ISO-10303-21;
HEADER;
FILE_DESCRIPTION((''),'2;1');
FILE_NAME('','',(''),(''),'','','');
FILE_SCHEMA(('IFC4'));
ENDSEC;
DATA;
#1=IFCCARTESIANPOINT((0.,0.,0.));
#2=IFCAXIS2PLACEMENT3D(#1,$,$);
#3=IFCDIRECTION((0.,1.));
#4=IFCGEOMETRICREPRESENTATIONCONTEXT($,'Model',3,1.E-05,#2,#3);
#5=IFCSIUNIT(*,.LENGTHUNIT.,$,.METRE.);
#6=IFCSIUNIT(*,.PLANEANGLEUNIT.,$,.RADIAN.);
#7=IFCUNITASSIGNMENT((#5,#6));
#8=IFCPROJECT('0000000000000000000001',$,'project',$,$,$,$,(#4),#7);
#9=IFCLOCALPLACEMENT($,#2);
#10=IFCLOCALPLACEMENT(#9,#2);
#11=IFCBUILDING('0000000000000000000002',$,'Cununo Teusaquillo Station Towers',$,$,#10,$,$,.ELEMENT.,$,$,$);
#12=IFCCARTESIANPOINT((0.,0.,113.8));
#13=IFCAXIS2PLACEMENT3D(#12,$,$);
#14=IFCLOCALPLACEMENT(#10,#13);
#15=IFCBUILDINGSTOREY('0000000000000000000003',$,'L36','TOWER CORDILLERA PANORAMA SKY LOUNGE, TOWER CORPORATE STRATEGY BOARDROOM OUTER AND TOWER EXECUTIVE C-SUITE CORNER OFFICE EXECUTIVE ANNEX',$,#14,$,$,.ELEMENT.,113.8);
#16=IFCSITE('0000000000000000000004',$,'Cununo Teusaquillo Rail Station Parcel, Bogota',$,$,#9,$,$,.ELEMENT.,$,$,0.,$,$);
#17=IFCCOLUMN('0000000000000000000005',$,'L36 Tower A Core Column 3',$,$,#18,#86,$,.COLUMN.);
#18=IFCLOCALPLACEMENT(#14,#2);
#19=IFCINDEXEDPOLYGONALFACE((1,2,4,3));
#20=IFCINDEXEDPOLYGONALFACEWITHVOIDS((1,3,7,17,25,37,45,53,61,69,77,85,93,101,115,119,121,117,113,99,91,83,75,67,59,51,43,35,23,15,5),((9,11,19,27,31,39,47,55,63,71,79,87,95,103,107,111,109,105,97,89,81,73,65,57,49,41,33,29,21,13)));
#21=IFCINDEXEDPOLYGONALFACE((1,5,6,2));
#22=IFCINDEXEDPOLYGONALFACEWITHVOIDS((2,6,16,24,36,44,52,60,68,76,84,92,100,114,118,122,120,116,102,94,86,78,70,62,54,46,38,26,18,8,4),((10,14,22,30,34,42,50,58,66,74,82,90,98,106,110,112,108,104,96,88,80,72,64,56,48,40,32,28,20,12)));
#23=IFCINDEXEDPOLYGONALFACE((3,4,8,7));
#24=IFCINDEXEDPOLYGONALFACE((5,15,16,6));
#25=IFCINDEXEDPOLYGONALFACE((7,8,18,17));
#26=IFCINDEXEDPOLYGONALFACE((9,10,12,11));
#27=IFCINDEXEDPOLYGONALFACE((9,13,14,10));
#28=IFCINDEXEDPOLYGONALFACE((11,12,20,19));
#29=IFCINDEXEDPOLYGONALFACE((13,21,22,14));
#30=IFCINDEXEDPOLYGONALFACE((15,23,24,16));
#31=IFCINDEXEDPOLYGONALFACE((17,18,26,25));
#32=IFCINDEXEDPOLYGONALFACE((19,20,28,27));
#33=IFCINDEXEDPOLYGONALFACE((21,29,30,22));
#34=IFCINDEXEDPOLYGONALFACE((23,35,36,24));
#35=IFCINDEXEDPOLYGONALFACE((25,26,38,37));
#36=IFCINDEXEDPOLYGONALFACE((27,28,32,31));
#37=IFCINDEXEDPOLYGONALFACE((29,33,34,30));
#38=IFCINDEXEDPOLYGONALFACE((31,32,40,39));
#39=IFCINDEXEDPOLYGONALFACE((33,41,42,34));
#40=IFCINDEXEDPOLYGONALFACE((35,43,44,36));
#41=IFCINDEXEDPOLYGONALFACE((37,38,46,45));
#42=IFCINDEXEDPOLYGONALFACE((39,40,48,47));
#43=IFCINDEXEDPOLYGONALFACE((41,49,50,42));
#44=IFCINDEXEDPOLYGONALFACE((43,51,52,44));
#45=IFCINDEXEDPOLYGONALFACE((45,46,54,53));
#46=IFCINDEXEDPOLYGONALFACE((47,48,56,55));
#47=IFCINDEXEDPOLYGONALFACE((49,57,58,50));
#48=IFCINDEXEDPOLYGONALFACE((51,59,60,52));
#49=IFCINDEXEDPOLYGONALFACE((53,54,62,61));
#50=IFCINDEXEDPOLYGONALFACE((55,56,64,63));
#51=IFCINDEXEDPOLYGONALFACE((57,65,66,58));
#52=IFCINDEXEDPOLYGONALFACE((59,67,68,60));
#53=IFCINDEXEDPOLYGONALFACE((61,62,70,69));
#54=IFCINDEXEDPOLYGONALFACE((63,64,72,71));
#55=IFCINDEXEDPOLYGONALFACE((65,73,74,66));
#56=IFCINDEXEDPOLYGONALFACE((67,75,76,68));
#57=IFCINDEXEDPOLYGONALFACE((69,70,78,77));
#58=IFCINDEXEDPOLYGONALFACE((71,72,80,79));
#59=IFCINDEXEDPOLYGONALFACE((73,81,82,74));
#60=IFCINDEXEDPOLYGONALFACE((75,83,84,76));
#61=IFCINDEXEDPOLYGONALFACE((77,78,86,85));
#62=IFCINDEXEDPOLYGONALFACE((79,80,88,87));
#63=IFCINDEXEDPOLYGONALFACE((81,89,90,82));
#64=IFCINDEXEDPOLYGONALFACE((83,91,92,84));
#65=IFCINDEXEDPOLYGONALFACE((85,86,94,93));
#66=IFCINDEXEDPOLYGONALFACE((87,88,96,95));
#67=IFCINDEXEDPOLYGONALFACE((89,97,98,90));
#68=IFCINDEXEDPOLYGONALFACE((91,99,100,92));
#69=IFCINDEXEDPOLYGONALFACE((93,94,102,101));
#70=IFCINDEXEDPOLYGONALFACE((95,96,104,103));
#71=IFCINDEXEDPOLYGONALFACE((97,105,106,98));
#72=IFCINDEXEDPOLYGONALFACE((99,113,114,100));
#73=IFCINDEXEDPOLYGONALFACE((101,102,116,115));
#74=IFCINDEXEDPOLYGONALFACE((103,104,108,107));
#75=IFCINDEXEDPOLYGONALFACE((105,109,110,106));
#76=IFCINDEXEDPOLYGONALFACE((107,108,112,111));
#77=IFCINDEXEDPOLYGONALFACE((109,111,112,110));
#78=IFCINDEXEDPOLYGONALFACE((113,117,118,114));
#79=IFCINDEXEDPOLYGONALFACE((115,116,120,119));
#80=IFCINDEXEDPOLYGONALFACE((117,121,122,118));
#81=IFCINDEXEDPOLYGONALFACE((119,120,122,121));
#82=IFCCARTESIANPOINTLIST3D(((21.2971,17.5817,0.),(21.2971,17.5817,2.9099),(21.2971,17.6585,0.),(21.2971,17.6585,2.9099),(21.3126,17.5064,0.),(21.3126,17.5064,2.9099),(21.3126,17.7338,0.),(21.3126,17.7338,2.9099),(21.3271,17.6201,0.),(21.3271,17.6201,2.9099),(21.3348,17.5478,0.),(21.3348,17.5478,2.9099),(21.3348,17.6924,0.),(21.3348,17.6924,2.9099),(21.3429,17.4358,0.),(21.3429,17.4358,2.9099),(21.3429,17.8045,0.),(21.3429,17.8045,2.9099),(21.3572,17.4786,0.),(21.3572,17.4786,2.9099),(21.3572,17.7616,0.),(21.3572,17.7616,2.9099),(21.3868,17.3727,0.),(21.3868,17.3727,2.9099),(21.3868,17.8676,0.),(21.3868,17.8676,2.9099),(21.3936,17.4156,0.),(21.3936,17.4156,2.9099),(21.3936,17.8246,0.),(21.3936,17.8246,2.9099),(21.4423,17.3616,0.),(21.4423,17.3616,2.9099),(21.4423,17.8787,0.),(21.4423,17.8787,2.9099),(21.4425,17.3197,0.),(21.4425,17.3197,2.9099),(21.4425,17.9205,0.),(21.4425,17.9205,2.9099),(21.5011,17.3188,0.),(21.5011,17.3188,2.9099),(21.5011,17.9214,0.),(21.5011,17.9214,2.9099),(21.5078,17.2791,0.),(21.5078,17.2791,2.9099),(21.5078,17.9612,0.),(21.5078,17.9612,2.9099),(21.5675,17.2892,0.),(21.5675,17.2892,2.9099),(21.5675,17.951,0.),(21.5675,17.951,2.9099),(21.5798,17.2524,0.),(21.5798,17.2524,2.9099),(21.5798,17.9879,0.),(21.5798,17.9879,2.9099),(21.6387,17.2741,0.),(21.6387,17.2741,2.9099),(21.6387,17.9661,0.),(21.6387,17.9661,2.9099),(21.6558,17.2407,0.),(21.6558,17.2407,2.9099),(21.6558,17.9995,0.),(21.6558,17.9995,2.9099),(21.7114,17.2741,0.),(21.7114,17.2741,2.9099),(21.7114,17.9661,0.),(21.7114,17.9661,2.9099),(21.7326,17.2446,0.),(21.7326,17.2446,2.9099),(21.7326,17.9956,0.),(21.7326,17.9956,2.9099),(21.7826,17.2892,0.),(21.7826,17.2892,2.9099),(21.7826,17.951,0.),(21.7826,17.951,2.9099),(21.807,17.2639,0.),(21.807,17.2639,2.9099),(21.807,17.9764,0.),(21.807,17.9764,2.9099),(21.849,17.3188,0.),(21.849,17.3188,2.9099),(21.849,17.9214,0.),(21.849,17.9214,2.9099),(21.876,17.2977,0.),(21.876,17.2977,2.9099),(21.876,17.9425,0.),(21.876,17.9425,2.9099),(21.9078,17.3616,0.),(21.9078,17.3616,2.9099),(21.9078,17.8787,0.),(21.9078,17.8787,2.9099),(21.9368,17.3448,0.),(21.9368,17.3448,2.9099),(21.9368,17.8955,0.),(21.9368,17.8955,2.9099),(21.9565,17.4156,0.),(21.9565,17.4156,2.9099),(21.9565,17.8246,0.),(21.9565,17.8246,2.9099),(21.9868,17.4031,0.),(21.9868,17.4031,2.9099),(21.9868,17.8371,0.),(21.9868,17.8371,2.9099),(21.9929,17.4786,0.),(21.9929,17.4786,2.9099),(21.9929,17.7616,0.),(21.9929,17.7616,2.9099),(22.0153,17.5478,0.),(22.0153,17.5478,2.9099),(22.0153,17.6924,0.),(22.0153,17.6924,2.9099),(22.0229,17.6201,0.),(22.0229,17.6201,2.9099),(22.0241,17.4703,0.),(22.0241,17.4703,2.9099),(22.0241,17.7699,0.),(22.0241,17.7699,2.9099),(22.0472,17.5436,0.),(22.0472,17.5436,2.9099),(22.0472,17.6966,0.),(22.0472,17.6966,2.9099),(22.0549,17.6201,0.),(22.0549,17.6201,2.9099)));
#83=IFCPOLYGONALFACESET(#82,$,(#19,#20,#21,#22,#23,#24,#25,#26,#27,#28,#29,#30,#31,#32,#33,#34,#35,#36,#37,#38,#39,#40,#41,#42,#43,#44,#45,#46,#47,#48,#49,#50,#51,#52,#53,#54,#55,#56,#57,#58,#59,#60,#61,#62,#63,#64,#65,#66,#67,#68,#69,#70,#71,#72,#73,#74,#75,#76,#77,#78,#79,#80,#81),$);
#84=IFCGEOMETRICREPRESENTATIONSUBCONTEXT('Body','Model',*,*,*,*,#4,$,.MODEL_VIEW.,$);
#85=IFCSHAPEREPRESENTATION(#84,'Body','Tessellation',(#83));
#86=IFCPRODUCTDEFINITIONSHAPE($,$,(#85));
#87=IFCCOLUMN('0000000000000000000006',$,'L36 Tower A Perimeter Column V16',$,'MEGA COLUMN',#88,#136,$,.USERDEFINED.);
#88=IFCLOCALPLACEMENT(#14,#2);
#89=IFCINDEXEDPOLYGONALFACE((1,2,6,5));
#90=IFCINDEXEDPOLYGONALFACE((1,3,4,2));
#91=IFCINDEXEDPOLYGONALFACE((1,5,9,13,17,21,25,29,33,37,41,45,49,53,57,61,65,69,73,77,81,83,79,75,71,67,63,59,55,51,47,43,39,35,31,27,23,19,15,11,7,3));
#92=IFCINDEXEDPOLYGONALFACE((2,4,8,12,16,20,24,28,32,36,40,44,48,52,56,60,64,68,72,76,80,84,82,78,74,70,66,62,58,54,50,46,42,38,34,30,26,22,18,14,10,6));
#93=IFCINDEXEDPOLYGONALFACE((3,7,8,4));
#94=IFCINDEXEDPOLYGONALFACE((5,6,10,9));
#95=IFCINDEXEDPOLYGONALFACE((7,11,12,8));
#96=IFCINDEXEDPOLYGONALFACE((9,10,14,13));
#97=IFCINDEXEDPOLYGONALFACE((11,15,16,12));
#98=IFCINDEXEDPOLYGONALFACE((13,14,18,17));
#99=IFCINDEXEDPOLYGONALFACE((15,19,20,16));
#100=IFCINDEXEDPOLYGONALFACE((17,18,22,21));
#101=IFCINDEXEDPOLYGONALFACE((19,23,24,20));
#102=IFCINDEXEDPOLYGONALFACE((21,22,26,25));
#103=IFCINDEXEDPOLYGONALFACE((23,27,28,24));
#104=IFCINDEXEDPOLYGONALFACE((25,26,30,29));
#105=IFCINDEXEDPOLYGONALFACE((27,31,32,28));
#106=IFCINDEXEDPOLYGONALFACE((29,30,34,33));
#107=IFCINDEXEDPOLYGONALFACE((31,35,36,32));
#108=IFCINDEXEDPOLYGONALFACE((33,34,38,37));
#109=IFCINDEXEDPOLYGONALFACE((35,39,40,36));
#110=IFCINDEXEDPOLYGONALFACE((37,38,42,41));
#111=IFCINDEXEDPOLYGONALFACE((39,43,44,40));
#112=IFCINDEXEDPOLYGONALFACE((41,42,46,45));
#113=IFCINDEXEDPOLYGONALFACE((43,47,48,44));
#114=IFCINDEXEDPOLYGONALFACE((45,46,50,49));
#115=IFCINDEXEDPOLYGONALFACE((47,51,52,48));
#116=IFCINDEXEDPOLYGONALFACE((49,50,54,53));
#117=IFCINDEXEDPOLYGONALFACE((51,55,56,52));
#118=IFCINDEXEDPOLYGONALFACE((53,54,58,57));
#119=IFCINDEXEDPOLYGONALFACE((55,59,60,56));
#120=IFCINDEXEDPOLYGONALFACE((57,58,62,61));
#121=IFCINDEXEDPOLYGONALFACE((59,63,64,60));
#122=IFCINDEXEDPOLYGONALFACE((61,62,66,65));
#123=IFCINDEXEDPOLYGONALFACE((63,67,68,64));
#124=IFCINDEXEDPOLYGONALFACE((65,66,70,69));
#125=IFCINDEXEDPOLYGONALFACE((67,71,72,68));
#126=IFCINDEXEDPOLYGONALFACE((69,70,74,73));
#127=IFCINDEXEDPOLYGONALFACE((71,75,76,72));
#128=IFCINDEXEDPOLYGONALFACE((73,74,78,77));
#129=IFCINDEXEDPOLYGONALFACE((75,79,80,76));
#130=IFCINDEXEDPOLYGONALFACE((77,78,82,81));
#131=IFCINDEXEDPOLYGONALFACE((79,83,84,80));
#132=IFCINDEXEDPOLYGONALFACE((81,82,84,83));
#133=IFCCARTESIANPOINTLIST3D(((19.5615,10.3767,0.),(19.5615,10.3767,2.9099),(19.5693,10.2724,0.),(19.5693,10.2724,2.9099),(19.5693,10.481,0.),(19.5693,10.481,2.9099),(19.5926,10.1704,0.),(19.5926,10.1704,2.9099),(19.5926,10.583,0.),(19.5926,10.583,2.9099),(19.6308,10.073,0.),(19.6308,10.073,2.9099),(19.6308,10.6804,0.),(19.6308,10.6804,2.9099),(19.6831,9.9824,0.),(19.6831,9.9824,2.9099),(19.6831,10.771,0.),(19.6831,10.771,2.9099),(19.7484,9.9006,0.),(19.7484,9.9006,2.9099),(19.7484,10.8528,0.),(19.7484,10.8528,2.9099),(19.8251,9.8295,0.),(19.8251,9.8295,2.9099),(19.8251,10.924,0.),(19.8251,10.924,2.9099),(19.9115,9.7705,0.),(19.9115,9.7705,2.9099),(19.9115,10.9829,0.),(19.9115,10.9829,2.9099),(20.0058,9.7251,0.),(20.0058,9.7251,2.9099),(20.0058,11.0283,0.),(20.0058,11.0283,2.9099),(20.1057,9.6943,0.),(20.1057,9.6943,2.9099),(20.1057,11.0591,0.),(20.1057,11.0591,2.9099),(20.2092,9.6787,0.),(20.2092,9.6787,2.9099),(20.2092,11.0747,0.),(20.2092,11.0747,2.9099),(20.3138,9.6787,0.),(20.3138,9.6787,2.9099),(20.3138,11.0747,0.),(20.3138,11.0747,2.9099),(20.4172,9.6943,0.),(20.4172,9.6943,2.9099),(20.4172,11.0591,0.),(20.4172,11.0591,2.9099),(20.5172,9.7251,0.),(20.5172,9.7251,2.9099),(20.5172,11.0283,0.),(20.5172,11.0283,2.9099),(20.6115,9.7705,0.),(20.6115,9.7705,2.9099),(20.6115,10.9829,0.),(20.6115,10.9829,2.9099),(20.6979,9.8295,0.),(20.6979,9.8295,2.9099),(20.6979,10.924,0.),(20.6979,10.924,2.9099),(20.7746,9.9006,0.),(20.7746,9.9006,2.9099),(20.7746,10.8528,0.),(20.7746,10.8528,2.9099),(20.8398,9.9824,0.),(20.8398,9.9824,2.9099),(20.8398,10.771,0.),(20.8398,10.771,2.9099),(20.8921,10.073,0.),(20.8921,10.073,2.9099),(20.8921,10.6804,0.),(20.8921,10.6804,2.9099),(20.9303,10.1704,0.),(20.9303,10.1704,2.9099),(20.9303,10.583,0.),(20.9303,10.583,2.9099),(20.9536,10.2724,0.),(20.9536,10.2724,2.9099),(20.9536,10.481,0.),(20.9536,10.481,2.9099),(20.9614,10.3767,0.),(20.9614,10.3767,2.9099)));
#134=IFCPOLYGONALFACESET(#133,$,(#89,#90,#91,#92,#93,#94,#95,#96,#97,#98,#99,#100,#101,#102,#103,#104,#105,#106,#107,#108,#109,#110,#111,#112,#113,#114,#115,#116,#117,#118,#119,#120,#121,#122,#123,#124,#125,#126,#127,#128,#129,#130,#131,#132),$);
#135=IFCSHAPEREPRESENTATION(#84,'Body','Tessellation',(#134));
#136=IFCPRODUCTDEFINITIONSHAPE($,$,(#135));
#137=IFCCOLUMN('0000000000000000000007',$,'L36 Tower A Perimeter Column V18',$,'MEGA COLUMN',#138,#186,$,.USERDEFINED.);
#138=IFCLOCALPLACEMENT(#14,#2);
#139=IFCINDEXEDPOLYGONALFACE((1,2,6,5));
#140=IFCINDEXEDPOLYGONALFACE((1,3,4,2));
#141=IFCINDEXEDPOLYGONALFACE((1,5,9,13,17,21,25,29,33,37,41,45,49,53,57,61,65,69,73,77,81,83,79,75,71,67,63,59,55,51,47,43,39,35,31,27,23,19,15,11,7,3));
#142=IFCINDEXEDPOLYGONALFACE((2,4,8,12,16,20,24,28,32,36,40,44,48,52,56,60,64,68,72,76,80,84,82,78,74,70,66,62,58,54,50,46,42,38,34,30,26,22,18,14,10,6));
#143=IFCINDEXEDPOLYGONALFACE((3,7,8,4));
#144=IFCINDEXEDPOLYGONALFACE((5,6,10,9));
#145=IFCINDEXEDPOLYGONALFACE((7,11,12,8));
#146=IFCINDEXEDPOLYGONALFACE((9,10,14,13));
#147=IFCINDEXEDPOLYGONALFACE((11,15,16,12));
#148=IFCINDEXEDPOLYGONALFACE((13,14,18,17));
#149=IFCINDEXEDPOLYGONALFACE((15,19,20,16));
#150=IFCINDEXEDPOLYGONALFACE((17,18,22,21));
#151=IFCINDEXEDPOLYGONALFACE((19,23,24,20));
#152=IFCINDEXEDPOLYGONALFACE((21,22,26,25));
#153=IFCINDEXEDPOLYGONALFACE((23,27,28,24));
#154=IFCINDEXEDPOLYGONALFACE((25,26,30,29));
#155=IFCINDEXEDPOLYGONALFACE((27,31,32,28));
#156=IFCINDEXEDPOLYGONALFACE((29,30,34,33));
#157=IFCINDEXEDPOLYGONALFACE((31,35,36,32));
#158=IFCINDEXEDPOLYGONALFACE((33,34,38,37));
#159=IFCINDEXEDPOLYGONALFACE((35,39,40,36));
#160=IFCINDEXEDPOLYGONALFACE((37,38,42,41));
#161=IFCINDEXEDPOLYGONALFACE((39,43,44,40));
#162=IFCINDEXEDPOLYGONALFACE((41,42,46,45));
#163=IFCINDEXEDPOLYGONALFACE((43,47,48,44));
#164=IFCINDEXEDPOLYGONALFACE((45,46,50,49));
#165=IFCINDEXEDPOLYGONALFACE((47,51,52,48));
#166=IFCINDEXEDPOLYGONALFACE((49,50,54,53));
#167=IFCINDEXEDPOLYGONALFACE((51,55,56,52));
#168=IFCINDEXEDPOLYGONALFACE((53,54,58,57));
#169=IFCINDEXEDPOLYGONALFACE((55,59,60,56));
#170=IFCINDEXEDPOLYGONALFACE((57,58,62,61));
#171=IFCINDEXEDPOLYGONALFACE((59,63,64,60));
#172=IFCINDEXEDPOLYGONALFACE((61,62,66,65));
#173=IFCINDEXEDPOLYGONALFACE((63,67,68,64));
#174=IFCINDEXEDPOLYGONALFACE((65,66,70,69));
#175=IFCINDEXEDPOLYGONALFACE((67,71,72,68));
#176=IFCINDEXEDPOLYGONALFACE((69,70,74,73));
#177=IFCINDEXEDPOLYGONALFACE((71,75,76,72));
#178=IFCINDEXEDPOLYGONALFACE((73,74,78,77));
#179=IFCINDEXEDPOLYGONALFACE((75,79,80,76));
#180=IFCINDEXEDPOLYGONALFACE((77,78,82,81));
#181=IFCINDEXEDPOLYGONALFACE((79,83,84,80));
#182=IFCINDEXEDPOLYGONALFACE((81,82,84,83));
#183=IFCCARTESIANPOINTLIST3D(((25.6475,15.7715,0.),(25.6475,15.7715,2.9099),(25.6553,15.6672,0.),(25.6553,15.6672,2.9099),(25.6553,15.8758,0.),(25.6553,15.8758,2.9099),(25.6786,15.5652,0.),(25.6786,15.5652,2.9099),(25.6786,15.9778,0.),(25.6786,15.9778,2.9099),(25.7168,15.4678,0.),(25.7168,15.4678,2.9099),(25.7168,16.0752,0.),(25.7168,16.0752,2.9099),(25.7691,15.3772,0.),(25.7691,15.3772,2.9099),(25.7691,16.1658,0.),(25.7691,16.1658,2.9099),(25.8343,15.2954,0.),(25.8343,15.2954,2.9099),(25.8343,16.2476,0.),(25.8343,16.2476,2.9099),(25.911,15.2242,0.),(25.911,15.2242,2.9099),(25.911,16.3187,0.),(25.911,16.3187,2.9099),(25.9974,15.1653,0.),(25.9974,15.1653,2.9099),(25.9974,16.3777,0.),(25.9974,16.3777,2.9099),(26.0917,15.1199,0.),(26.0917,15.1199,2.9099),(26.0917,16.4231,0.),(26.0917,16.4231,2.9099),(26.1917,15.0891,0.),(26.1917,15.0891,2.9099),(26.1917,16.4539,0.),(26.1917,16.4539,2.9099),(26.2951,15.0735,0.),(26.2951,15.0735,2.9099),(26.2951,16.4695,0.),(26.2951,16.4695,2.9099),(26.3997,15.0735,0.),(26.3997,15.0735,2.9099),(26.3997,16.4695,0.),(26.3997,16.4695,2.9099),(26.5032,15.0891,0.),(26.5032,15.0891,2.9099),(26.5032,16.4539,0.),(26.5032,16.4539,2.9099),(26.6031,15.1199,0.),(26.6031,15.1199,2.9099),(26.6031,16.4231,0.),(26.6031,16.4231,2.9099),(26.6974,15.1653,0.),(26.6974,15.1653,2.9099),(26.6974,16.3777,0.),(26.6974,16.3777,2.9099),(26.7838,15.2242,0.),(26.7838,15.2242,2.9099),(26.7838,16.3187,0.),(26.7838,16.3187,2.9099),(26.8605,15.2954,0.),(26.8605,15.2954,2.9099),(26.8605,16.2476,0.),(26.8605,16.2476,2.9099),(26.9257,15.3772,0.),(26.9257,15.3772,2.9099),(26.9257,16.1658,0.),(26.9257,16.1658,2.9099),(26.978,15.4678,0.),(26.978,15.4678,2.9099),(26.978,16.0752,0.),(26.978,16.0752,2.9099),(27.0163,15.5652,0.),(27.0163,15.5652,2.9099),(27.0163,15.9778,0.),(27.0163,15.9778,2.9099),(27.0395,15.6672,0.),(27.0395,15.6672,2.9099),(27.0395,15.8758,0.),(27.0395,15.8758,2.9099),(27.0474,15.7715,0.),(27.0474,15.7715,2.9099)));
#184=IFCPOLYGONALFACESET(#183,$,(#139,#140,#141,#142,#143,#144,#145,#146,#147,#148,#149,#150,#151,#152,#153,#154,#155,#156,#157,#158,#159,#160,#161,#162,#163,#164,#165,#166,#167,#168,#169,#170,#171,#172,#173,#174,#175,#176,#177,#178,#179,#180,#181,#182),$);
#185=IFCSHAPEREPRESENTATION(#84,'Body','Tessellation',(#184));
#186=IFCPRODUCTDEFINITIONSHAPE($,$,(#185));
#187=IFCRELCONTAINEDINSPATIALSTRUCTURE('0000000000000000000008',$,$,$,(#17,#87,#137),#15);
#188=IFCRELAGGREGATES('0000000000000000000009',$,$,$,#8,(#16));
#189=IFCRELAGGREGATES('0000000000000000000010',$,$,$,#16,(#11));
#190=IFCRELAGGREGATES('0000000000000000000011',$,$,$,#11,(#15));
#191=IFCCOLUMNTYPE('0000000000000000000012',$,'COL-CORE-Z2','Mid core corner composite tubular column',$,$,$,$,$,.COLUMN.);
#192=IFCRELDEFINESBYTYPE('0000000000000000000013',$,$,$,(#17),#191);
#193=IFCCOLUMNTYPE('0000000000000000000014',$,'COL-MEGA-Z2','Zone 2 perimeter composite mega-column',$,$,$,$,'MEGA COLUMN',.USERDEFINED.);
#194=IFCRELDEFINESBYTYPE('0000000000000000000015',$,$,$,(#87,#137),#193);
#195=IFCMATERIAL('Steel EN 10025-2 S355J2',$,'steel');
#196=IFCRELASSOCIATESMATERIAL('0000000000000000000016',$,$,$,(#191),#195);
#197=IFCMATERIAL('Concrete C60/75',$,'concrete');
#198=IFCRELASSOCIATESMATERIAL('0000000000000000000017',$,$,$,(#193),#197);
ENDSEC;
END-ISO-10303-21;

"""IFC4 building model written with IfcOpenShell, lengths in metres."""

from ifc_helpers import new_model, si_unit, direction, frame, origin, origin_2d, place, context, subcontext, project, spatial, circle, hollow_circle, extrude, material, material_profile, profile_set, type_object, element, save


model = new_model("IFC4")

# Units and contexts
model_context = context("Model", 3, precision=1e-05, world=origin(), true_north=direction((0.0, 1.0)))
body_context = subcontext(model_context, "Body", "Model", "MODEL_VIEW")
ifc_project = project(units=[si_unit("LENGTHUNIT", "METRE"), si_unit("PLANEANGLEUNIT", "RADIAN")], contexts=[model_context])

# Site, building, storey
site_placement = place(None, origin())
site = spatial("IfcSite", under=ifc_project, at=site_placement, Name="Cununo Teusaquillo Rail Station Parcel, Bogota", CompositionType="ELEMENT", RefElevation=0.0)
building_placement = place(site_placement, origin())
building = spatial("IfcBuilding", under=site, at=building_placement, Name="Cununo Teusaquillo Station Towers", CompositionType="ELEMENT")
storey_placement = place(building_placement, frame((0.0, 0.0, 113.8)))
storey = spatial("IfcBuildingStorey", under=building, at=storey_placement, Name="L36", Description="TOWER CORDILLERA PANORAMA SKY LOUNGE, TOWER CORPORATE STRATEGY BOARDROOM OUTER AND TOWER EXECUTIVE C-SUITE CORNER OFFICE EXECUTIVE ANNEX", CompositionType="ELEMENT", Elevation=113.8)

# Columns
ifc_material_1 = material(Name="Steel EN 10025-2 S355J2", Category="steel")
ifc_material_profile_1 = material_profile(ifc_material_1, hollow_circle(Radius=0.3799, WallThickness=0.032, at=origin_2d()), Name="CHS 760x32")
ifc_profile_set_1 = profile_set([ifc_material_profile_1], Name="Steel EN 10025-2 S355J2")
column_type_1 = type_object("IfcColumnType", Name="COL-CORE-Z2", Description="Mid core corner composite tubular column", PredefinedType="COLUMN", material=ifc_profile_set_1)
column_placement = place(storey_placement, frame((21.675, 17.6201, 0.0), z_axis=(0.0, 0.0, 1.0), x_axis=(1.0, 0.0, 0.0)))
element("IfcColumn", 1, at=column_placement, inside=storey, type_object=column_type_1, Name="L36 Tower A Core Column 3", PredefinedType="COLUMN", context=body_context, shape_type="SweptSolid", body=[
    extrude(hollow_circle(Radius=0.3799, WallThickness=0.032, at=origin_2d()), origin(), (0.0, 0.0, 1.0), 2.9099),
])
ifc_material_2 = material(Name="Concrete C60/75", Category="concrete")
ifc_material_profile_2 = material_profile(ifc_material_2, circle(Radius=0.7, at=origin_2d()), Name="RC-CIRC-1400")
ifc_profile_set_2 = profile_set([ifc_material_profile_2], Name="Concrete C60/75")
column_type_2 = type_object("IfcColumnType", Name="COL-MEGA-Z2", Description="Zone 2 perimeter composite mega-column", ElementType="MEGA COLUMN", PredefinedType="USERDEFINED", material=ifc_profile_set_2)
for number, where, z_axis, x_axis, name in (
    (2, (20.2615, 10.3767, 0.0), (0.0, 0.0, 1.0), (1.0, 0.0, 0.0), "L36 Tower A Perimeter Column V16"),
    (3, (26.3474, 15.7715, 0.0), (0.0, 0.0, 1.0), (1.0, 0.0, 0.0), "L36 Tower A Perimeter Column V18"),
):
    element("IfcColumn", number, at=place(storey_placement, frame(where, z_axis=z_axis, x_axis=x_axis)), inside=storey, type_object=column_type_2, Name=name, ObjectType="MEGA COLUMN", PredefinedType="USERDEFINED", context=body_context, shape_type="SweptSolid", body=[
        extrude(circle(Radius=0.7, at=origin_2d()), origin(), (0.0, 0.0, 1.0), 2.9099),
    ])

save(model, "model.ifc")
